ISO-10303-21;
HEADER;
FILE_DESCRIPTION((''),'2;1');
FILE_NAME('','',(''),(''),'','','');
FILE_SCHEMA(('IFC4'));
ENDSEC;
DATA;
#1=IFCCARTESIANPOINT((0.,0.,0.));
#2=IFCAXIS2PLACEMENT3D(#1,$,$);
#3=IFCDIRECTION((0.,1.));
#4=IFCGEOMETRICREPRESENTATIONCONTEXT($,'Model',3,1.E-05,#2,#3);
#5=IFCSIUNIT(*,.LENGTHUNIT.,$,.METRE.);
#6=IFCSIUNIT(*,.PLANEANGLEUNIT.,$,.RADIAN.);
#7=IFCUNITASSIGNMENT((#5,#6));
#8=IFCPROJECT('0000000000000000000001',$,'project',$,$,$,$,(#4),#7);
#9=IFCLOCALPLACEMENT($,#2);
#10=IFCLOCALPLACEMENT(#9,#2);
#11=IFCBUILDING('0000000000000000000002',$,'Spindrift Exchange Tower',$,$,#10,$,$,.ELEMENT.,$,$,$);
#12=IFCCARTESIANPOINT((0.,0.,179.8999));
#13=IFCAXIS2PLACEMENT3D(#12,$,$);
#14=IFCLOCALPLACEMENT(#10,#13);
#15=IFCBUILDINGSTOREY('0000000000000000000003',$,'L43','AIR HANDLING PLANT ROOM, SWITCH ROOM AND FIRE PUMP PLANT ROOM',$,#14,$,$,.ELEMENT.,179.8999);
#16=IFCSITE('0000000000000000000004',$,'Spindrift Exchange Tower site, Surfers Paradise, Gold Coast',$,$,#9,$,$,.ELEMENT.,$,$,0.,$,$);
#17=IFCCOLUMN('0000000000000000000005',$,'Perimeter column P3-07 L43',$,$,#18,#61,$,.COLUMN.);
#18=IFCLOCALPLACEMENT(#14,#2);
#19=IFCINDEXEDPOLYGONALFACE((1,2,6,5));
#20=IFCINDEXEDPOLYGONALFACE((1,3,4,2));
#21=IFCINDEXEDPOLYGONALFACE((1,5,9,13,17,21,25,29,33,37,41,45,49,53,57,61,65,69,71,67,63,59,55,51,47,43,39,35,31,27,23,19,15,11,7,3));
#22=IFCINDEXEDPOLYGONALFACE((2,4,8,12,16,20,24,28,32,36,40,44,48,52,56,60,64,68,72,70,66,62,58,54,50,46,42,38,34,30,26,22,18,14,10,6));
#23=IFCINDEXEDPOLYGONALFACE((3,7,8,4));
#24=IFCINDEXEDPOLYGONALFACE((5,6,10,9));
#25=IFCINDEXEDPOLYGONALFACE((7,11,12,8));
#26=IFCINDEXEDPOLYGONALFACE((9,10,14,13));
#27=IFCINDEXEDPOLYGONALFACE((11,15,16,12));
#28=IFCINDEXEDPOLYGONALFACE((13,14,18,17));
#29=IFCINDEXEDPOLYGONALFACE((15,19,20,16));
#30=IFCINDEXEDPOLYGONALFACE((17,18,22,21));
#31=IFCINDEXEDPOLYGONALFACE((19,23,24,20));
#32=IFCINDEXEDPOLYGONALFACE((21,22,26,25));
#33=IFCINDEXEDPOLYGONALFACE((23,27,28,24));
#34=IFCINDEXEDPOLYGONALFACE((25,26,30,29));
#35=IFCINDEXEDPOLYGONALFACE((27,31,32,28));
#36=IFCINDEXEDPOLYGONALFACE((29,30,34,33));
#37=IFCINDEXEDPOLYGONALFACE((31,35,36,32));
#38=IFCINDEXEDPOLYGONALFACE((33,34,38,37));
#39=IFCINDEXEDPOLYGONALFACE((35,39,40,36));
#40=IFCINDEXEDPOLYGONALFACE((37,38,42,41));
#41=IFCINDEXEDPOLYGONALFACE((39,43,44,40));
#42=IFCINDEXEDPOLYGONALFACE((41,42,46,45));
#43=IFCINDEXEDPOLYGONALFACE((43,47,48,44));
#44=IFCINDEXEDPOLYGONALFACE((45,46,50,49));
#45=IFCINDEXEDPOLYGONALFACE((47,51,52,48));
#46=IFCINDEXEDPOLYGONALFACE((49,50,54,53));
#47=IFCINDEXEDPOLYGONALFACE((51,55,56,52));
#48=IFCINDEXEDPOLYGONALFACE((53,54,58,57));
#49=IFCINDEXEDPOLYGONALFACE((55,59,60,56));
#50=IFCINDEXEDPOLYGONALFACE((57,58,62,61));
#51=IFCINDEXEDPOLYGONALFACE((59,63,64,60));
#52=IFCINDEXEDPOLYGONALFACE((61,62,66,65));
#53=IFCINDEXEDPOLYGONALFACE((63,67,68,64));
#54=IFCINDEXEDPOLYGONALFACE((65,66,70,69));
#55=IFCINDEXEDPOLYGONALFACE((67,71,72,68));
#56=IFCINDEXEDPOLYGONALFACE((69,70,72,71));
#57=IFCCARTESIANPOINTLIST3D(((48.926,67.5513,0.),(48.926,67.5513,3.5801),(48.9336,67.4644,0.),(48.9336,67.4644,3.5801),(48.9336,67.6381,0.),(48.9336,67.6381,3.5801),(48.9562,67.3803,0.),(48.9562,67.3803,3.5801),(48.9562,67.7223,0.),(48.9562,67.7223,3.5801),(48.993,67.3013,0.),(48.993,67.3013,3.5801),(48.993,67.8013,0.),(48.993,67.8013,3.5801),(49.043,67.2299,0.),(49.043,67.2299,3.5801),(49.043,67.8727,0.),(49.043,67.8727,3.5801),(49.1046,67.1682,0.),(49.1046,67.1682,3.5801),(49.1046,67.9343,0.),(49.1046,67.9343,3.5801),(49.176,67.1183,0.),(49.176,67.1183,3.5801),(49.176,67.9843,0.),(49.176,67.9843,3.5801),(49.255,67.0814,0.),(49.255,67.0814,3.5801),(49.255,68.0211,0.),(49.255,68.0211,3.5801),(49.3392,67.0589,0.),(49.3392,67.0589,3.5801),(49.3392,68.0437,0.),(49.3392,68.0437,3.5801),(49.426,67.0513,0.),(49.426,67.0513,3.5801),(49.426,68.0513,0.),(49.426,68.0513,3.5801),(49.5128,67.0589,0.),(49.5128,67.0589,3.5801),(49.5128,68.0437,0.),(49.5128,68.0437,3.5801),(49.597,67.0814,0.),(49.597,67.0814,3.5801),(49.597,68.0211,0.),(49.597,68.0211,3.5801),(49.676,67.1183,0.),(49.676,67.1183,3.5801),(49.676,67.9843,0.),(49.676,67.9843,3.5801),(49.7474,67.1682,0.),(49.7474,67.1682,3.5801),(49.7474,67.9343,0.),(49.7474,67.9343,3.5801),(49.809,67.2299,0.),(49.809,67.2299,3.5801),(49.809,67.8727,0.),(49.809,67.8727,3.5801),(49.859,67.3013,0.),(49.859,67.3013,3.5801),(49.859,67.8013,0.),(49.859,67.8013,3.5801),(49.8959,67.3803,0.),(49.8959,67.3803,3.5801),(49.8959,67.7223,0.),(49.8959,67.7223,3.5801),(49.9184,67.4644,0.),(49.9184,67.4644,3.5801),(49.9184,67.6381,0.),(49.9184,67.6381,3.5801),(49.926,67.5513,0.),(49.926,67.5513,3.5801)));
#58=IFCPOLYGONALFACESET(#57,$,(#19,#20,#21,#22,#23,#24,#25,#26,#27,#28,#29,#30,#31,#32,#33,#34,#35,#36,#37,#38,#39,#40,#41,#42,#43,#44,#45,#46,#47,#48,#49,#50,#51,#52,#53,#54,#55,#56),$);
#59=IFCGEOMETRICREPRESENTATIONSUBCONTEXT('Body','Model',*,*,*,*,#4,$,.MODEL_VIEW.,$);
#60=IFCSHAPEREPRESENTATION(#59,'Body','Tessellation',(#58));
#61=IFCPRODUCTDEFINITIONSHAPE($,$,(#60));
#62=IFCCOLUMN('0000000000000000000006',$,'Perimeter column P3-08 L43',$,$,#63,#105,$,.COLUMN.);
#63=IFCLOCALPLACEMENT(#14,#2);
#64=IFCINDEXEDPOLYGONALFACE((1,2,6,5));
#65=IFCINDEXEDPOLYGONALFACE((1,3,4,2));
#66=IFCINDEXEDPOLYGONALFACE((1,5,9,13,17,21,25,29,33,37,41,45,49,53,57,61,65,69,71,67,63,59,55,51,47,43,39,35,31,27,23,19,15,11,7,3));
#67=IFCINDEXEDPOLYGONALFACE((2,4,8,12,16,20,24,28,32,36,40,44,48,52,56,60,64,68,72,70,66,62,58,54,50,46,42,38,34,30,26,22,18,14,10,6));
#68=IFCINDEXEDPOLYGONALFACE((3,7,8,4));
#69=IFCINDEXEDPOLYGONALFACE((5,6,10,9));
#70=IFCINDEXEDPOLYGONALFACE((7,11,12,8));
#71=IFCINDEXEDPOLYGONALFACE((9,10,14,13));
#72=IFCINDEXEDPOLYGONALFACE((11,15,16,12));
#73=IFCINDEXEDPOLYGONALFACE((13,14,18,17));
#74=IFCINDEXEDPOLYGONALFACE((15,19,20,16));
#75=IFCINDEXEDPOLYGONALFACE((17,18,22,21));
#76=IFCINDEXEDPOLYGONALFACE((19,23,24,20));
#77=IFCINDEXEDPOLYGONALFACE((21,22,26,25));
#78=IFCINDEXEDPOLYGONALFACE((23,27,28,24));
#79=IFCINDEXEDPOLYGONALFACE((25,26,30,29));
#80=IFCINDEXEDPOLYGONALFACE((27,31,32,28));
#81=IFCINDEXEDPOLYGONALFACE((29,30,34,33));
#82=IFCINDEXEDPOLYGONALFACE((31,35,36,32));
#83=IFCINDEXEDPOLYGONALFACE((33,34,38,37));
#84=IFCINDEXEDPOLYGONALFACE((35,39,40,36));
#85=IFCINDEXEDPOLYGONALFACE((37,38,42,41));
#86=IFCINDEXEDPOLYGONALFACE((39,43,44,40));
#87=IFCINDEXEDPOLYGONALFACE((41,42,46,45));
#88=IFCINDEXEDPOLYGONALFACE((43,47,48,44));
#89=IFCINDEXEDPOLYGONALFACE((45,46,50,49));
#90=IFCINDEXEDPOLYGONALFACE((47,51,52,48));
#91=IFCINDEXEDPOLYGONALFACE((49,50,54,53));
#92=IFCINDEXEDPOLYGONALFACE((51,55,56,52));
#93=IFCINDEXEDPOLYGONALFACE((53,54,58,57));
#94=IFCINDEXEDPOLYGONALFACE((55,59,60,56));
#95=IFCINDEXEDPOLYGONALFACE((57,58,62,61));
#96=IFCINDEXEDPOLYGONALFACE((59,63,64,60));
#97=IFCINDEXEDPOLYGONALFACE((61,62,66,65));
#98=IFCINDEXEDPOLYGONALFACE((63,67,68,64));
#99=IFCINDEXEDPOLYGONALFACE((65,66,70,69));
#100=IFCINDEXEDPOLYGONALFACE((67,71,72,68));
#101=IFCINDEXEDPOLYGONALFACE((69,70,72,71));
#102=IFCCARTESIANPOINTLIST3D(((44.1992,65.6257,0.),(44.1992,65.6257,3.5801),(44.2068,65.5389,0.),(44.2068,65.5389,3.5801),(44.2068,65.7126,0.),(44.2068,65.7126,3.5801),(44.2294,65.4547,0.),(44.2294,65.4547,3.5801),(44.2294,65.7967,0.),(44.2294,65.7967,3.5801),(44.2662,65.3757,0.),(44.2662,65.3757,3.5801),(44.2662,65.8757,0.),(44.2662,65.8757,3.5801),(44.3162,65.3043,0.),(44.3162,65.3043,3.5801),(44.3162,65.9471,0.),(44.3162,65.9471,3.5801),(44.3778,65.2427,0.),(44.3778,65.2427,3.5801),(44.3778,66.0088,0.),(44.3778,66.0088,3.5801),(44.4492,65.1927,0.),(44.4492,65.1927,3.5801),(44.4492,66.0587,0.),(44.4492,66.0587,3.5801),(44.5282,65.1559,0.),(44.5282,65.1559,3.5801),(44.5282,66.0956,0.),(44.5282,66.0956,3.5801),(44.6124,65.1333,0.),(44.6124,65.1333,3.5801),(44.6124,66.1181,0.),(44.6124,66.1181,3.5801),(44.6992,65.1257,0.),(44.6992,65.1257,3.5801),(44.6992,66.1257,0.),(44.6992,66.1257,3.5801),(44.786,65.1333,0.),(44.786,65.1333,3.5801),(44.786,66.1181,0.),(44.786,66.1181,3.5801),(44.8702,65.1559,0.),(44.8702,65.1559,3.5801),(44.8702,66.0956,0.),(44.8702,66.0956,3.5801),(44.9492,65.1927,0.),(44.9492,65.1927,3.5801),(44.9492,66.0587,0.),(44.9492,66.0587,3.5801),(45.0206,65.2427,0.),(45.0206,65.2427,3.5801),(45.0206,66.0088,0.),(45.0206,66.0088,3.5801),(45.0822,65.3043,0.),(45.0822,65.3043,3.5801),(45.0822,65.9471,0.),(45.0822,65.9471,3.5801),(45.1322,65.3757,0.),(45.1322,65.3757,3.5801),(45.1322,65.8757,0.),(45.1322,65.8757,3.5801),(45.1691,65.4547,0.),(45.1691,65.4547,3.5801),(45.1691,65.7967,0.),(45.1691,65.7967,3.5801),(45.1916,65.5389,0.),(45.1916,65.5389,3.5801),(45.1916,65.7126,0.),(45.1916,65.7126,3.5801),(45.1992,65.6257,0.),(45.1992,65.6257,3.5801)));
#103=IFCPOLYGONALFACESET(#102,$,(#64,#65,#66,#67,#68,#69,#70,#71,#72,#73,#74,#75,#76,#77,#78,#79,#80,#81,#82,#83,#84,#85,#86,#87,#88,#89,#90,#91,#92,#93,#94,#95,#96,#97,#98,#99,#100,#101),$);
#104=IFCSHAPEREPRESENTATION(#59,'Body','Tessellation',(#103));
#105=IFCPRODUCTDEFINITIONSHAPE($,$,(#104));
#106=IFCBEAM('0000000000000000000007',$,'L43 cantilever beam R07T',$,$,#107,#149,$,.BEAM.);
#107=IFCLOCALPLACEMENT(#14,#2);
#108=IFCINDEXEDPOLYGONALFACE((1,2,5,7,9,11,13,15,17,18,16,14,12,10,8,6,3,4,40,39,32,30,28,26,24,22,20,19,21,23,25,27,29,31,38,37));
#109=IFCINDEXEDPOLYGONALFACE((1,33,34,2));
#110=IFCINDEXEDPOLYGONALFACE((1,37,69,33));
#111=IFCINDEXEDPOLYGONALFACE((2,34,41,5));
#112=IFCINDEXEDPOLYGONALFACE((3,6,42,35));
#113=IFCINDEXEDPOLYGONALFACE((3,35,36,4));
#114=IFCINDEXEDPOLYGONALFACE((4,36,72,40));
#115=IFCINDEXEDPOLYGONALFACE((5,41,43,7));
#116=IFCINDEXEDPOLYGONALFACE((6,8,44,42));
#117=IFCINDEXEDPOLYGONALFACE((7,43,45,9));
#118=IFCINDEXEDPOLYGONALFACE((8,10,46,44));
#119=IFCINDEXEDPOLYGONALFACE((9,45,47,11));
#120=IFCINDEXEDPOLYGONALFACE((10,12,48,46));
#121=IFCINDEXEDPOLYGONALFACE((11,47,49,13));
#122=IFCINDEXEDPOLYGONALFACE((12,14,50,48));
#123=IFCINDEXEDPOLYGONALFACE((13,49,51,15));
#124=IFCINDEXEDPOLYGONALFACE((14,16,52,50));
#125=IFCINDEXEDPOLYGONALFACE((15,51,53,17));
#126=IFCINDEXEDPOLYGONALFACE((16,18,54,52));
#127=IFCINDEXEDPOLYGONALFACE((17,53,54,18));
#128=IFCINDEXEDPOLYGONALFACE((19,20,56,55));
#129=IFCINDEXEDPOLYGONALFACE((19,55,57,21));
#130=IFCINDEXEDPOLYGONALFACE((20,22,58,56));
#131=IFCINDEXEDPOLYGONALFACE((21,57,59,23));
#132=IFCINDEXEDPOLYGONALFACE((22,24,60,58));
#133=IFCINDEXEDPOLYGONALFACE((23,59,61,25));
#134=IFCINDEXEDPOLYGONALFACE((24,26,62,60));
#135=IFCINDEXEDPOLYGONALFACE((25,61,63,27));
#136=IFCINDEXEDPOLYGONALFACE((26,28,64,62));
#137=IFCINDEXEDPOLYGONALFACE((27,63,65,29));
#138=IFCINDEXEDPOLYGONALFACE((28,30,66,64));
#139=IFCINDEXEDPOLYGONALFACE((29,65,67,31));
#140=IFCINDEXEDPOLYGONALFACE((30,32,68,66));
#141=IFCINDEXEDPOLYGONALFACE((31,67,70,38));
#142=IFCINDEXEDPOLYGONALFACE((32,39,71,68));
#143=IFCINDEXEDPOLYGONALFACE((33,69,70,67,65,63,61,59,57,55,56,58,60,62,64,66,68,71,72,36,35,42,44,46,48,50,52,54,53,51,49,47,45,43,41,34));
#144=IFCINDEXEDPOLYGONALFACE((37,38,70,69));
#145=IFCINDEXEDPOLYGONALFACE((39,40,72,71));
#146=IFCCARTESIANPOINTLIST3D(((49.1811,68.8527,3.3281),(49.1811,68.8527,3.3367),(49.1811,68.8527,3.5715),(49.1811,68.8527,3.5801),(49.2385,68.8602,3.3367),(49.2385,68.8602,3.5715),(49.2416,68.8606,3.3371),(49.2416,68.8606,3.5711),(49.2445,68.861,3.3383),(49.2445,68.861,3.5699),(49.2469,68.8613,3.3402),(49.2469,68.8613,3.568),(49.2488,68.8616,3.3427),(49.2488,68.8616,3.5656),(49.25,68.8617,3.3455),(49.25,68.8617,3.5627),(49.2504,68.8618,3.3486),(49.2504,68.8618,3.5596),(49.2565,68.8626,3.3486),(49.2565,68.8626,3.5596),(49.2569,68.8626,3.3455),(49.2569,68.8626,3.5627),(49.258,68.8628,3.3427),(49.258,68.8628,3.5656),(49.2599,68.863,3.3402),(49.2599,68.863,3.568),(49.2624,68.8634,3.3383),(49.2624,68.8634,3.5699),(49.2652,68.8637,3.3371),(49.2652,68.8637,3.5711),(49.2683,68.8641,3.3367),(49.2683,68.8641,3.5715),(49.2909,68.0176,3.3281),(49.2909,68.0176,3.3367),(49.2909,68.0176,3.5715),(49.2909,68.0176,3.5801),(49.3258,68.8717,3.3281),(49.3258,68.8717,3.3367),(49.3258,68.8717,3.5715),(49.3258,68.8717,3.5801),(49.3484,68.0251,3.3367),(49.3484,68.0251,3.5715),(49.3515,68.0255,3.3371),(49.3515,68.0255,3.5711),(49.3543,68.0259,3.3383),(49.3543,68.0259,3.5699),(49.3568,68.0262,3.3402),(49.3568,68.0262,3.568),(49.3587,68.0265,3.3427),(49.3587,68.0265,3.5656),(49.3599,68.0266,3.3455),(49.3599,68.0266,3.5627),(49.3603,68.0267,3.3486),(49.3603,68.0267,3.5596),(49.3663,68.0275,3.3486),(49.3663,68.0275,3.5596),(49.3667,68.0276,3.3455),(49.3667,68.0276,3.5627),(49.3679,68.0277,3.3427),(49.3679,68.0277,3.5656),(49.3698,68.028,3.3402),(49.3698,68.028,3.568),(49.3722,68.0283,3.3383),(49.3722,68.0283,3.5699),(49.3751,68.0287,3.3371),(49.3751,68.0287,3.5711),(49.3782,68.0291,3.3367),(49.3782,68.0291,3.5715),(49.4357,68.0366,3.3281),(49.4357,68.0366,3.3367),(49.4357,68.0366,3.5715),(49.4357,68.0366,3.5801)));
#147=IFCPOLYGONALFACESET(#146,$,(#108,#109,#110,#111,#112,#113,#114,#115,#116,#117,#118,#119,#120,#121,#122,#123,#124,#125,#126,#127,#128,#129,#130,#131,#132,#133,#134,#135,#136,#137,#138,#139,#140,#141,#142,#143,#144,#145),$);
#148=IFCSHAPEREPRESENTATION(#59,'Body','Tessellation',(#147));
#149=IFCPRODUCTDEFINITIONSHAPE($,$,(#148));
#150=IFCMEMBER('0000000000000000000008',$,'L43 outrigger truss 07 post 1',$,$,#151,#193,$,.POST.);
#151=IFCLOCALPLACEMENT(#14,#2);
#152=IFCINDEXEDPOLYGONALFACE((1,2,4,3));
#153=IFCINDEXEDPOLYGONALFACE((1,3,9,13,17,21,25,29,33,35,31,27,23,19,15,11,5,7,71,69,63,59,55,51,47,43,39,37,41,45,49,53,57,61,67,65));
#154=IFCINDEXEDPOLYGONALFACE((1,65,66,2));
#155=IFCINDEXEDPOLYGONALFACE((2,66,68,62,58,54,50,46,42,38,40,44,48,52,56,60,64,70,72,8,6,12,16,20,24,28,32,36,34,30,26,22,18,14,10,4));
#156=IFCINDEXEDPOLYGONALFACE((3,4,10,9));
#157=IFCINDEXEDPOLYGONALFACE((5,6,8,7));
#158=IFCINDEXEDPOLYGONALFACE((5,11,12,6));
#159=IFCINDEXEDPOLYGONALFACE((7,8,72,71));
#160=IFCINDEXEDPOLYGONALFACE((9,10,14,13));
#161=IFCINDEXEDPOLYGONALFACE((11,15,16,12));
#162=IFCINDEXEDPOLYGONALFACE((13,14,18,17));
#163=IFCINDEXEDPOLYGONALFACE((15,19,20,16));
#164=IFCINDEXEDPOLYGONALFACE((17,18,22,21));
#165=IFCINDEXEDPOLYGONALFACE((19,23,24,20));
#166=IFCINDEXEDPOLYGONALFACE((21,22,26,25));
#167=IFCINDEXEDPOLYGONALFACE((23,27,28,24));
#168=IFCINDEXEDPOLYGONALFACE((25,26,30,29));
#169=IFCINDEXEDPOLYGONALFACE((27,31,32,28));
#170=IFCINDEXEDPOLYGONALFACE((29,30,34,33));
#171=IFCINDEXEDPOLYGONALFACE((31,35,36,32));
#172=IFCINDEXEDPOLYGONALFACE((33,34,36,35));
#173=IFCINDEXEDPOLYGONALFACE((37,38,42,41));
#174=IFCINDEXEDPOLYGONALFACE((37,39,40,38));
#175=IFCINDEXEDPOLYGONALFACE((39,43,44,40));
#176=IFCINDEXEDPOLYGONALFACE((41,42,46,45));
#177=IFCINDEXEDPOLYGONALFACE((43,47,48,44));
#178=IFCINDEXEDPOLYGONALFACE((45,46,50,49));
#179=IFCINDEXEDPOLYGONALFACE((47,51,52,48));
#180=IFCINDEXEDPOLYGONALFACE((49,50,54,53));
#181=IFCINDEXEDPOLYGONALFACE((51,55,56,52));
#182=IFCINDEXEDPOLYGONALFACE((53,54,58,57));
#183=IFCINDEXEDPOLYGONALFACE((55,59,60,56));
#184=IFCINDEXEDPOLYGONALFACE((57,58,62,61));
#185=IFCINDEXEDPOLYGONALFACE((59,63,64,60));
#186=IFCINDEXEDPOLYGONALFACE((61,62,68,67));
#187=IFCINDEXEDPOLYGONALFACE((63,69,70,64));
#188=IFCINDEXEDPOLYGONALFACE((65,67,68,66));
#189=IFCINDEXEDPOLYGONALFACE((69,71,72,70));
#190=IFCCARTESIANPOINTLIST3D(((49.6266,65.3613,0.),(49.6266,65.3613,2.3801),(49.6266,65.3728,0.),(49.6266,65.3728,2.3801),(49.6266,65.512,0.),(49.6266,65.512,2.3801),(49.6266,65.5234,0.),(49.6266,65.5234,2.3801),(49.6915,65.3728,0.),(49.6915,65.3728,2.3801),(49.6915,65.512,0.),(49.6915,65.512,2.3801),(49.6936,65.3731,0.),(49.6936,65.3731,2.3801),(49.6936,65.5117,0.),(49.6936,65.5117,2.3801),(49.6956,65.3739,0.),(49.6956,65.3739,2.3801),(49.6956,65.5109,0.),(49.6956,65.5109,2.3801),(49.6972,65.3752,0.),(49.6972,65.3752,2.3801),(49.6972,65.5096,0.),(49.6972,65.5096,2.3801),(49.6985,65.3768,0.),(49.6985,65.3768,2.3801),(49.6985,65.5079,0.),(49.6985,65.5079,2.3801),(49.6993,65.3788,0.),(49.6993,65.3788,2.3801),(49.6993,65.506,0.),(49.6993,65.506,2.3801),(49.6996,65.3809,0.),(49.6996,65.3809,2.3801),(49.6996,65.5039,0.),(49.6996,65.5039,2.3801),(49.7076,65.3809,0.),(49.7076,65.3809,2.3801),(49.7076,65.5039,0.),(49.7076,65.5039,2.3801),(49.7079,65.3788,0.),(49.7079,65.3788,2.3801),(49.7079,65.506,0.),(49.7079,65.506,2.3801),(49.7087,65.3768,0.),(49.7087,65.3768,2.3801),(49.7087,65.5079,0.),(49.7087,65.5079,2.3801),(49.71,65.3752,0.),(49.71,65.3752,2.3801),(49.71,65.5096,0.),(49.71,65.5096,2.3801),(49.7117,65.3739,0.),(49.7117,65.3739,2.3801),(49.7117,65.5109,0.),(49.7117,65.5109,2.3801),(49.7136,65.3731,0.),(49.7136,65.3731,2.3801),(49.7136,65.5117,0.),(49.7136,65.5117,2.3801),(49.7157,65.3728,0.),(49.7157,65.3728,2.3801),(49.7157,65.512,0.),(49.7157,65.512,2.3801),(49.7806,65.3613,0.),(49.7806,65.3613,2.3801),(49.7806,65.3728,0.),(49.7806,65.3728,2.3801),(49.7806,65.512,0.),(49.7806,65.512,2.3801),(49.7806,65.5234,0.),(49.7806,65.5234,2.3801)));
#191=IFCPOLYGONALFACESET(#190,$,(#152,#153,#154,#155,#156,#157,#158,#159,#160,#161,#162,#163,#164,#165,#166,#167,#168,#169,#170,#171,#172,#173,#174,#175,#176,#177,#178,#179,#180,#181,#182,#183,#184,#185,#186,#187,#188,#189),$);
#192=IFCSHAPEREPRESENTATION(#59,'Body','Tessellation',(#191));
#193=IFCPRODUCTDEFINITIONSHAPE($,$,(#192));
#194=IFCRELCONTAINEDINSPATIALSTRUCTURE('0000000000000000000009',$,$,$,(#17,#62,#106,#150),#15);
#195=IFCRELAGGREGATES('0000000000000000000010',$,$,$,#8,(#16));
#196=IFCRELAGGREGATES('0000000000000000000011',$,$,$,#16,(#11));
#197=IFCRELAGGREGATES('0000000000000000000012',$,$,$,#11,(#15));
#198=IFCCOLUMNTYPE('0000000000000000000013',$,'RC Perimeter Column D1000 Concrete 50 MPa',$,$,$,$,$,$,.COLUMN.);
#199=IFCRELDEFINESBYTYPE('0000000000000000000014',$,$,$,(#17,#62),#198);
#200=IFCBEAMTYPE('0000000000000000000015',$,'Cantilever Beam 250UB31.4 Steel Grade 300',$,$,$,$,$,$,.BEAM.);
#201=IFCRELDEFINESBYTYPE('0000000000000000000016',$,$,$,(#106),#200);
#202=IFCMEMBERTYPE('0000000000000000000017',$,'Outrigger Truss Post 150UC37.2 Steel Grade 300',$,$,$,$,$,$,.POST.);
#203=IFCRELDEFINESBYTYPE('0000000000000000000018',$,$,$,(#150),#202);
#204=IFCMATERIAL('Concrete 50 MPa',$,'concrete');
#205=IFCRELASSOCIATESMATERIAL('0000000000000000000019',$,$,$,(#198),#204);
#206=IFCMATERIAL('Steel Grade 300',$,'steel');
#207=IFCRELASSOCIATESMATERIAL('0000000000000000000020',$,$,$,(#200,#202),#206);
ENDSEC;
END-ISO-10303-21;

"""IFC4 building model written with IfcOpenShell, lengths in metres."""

from ifc_helpers import new_model, si_unit, direction, frame, origin, origin_2d, place, context, subcontext, project, spatial, circle, i_section, extrude, source, transform, mapped, material, material_profile, profile_set, type_object, element, save


model = new_model("IFC4")

# Units and contexts
model_context = context("Model", 3, precision=1e-05, world=origin(), true_north=direction((0.0, 1.0)))
body_context = subcontext(model_context, "Body", "Model", "MODEL_VIEW")
ifc_project = project(units=[si_unit("LENGTHUNIT", "METRE"), si_unit("PLANEANGLEUNIT", "RADIAN")], contexts=[model_context])

# Site, building, storey
site_placement = place(None, origin())
site = spatial("IfcSite", under=ifc_project, at=site_placement, Name="Spindrift Exchange Tower site, Surfers Paradise, Gold Coast", CompositionType="ELEMENT", RefElevation=0.0)
building_placement = place(site_placement, origin())
building = spatial("IfcBuilding", under=site, at=building_placement, Name="Spindrift Exchange Tower", CompositionType="ELEMENT")
storey_placement = place(building_placement, frame((0.0, 0.0, 179.8999)))
storey = spatial("IfcBuildingStorey", under=building, at=storey_placement, Name="L43", Description="AIR HANDLING PLANT ROOM, SWITCH ROOM AND FIRE PUMP PLANT ROOM", CompositionType="ELEMENT", Elevation=179.8999)

# Columns
ifc_material_1 = material(Name="Concrete 50 MPa", Category="concrete")
ifc_material_profile_1 = material_profile(ifc_material_1, circle(Radius=0.5, at=origin_2d()), Name="RC D1000")
ifc_profile_set_1 = profile_set([ifc_material_profile_1], Name="Concrete 50 MPa")
column_type = type_object("IfcColumnType", Name="RC Perimeter Column D1000 Concrete 50 MPa", PredefinedType="COLUMN", material=ifc_profile_set_1)
shared_shape_1 = source(origin(), body_context, "Body", "SweptSolid", [
    extrude(circle(Radius=0.5, at=origin_2d()), origin(), (0.0, 0.0, 1.0), 3.5801),
])
for number, where, z_axis, x_axis, name in (
    (1, (49.426, 67.5513, 0.0), (0.0, 0.0, 1.0), (1.0, 0.0, 0.0), "Perimeter column P3-07 L43"),
    (2, (44.6992, 65.6257, 0.0), (0.0, 0.0, 1.0), (1.0, 0.0, 0.0), "Perimeter column P3-08 L43"),
):
    element("IfcColumn", number, at=place(storey_placement, frame(where, z_axis=z_axis, x_axis=x_axis)), inside=storey, type_object=column_type, Name=name, PredefinedType="COLUMN", context=body_context, shape_type="MappedRepresentation", body=[
        mapped(shared_shape_1, transform((0.0, 0.0, 0.0), scale=1.0)),
    ])

# Beam
ifc_material_2 = material(Name="Steel Grade 300", Category="steel")
ifc_material_profile_2 = material_profile(ifc_material_2, i_section(OverallWidth=0.146, OverallDepth=0.252, WebThickness=0.0061, FlangeThickness=0.0085, FilletRadius=0.012, at=origin_2d()), Name="250UB31.4")
ifc_profile_set_2 = profile_set([ifc_material_profile_2], Name="Steel Grade 300")
beam_type_1 = type_object("IfcBeamType", Name="Cantilever Beam 250UB31.4 Steel Grade 300", PredefinedType="BEAM", material=ifc_profile_set_2)
shared_shape_2 = source(origin(), body_context, "Body", "SweptSolid", [
    extrude(i_section(OverallWidth=0.146, OverallDepth=0.252, WebThickness=0.0061, FlangeThickness=0.0085, FilletRadius=0.012, at=origin_2d()), origin(), (0.0, 0.0, 1.0), 0.8423),
])
beam_1_placement = place(storey_placement, frame((49.3633, 68.0271, 3.4541), z_axis=(-0.130417, 0.991459, 0.0), x_axis=(-0.991459, -0.130417, 0.0)))
element("IfcBeam", 3, at=beam_1_placement, inside=storey, type_object=beam_type_1, Name="L43 cantilever beam R07T", PredefinedType="BEAM", context=body_context, shape_type="MappedRepresentation", body=[
    mapped(shared_shape_2, transform((0.0, 0.0, 0.0), scale=1.0)),
])

# Member
ifc_material_profile_3 = material_profile(ifc_material_2, i_section(OverallWidth=0.1541, OverallDepth=0.1621, WebThickness=0.0081, FlangeThickness=0.0115, FilletRadius=0.0081, at=origin_2d()), Name="150UC37.2")
ifc_profile_set_3 = profile_set([ifc_material_profile_3], Name="Steel Grade 300")
member_type_1 = type_object("IfcMemberType", Name="Outrigger Truss Post 150UC37.2 Steel Grade 300", PredefinedType="POST", material=ifc_profile_set_3)
shared_shape_3 = source(origin(), body_context, "Body", "SweptSolid", [
    extrude(i_section(OverallWidth=0.1541, OverallDepth=0.1621, WebThickness=0.0081, FlangeThickness=0.0115, FilletRadius=0.0081, at=origin_2d()), origin(), (0.0, 0.0, 1.0), 2.3801),
])
member_1_placement = place(storey_placement, frame((49.7036, 65.4424, 0.0), z_axis=(0.0, 0.0, 1.0), x_axis=(1.0, 0.0, 0.0)))
element("IfcMember", 4, at=member_1_placement, inside=storey, type_object=member_type_1, Name="L43 outrigger truss 07 post 1", PredefinedType="POST", context=body_context, shape_type="MappedRepresentation", body=[
    mapped(shared_shape_3, transform((0.0, 0.0, 0.0), scale=1.0)),
])

save(model, "model.ifc")
